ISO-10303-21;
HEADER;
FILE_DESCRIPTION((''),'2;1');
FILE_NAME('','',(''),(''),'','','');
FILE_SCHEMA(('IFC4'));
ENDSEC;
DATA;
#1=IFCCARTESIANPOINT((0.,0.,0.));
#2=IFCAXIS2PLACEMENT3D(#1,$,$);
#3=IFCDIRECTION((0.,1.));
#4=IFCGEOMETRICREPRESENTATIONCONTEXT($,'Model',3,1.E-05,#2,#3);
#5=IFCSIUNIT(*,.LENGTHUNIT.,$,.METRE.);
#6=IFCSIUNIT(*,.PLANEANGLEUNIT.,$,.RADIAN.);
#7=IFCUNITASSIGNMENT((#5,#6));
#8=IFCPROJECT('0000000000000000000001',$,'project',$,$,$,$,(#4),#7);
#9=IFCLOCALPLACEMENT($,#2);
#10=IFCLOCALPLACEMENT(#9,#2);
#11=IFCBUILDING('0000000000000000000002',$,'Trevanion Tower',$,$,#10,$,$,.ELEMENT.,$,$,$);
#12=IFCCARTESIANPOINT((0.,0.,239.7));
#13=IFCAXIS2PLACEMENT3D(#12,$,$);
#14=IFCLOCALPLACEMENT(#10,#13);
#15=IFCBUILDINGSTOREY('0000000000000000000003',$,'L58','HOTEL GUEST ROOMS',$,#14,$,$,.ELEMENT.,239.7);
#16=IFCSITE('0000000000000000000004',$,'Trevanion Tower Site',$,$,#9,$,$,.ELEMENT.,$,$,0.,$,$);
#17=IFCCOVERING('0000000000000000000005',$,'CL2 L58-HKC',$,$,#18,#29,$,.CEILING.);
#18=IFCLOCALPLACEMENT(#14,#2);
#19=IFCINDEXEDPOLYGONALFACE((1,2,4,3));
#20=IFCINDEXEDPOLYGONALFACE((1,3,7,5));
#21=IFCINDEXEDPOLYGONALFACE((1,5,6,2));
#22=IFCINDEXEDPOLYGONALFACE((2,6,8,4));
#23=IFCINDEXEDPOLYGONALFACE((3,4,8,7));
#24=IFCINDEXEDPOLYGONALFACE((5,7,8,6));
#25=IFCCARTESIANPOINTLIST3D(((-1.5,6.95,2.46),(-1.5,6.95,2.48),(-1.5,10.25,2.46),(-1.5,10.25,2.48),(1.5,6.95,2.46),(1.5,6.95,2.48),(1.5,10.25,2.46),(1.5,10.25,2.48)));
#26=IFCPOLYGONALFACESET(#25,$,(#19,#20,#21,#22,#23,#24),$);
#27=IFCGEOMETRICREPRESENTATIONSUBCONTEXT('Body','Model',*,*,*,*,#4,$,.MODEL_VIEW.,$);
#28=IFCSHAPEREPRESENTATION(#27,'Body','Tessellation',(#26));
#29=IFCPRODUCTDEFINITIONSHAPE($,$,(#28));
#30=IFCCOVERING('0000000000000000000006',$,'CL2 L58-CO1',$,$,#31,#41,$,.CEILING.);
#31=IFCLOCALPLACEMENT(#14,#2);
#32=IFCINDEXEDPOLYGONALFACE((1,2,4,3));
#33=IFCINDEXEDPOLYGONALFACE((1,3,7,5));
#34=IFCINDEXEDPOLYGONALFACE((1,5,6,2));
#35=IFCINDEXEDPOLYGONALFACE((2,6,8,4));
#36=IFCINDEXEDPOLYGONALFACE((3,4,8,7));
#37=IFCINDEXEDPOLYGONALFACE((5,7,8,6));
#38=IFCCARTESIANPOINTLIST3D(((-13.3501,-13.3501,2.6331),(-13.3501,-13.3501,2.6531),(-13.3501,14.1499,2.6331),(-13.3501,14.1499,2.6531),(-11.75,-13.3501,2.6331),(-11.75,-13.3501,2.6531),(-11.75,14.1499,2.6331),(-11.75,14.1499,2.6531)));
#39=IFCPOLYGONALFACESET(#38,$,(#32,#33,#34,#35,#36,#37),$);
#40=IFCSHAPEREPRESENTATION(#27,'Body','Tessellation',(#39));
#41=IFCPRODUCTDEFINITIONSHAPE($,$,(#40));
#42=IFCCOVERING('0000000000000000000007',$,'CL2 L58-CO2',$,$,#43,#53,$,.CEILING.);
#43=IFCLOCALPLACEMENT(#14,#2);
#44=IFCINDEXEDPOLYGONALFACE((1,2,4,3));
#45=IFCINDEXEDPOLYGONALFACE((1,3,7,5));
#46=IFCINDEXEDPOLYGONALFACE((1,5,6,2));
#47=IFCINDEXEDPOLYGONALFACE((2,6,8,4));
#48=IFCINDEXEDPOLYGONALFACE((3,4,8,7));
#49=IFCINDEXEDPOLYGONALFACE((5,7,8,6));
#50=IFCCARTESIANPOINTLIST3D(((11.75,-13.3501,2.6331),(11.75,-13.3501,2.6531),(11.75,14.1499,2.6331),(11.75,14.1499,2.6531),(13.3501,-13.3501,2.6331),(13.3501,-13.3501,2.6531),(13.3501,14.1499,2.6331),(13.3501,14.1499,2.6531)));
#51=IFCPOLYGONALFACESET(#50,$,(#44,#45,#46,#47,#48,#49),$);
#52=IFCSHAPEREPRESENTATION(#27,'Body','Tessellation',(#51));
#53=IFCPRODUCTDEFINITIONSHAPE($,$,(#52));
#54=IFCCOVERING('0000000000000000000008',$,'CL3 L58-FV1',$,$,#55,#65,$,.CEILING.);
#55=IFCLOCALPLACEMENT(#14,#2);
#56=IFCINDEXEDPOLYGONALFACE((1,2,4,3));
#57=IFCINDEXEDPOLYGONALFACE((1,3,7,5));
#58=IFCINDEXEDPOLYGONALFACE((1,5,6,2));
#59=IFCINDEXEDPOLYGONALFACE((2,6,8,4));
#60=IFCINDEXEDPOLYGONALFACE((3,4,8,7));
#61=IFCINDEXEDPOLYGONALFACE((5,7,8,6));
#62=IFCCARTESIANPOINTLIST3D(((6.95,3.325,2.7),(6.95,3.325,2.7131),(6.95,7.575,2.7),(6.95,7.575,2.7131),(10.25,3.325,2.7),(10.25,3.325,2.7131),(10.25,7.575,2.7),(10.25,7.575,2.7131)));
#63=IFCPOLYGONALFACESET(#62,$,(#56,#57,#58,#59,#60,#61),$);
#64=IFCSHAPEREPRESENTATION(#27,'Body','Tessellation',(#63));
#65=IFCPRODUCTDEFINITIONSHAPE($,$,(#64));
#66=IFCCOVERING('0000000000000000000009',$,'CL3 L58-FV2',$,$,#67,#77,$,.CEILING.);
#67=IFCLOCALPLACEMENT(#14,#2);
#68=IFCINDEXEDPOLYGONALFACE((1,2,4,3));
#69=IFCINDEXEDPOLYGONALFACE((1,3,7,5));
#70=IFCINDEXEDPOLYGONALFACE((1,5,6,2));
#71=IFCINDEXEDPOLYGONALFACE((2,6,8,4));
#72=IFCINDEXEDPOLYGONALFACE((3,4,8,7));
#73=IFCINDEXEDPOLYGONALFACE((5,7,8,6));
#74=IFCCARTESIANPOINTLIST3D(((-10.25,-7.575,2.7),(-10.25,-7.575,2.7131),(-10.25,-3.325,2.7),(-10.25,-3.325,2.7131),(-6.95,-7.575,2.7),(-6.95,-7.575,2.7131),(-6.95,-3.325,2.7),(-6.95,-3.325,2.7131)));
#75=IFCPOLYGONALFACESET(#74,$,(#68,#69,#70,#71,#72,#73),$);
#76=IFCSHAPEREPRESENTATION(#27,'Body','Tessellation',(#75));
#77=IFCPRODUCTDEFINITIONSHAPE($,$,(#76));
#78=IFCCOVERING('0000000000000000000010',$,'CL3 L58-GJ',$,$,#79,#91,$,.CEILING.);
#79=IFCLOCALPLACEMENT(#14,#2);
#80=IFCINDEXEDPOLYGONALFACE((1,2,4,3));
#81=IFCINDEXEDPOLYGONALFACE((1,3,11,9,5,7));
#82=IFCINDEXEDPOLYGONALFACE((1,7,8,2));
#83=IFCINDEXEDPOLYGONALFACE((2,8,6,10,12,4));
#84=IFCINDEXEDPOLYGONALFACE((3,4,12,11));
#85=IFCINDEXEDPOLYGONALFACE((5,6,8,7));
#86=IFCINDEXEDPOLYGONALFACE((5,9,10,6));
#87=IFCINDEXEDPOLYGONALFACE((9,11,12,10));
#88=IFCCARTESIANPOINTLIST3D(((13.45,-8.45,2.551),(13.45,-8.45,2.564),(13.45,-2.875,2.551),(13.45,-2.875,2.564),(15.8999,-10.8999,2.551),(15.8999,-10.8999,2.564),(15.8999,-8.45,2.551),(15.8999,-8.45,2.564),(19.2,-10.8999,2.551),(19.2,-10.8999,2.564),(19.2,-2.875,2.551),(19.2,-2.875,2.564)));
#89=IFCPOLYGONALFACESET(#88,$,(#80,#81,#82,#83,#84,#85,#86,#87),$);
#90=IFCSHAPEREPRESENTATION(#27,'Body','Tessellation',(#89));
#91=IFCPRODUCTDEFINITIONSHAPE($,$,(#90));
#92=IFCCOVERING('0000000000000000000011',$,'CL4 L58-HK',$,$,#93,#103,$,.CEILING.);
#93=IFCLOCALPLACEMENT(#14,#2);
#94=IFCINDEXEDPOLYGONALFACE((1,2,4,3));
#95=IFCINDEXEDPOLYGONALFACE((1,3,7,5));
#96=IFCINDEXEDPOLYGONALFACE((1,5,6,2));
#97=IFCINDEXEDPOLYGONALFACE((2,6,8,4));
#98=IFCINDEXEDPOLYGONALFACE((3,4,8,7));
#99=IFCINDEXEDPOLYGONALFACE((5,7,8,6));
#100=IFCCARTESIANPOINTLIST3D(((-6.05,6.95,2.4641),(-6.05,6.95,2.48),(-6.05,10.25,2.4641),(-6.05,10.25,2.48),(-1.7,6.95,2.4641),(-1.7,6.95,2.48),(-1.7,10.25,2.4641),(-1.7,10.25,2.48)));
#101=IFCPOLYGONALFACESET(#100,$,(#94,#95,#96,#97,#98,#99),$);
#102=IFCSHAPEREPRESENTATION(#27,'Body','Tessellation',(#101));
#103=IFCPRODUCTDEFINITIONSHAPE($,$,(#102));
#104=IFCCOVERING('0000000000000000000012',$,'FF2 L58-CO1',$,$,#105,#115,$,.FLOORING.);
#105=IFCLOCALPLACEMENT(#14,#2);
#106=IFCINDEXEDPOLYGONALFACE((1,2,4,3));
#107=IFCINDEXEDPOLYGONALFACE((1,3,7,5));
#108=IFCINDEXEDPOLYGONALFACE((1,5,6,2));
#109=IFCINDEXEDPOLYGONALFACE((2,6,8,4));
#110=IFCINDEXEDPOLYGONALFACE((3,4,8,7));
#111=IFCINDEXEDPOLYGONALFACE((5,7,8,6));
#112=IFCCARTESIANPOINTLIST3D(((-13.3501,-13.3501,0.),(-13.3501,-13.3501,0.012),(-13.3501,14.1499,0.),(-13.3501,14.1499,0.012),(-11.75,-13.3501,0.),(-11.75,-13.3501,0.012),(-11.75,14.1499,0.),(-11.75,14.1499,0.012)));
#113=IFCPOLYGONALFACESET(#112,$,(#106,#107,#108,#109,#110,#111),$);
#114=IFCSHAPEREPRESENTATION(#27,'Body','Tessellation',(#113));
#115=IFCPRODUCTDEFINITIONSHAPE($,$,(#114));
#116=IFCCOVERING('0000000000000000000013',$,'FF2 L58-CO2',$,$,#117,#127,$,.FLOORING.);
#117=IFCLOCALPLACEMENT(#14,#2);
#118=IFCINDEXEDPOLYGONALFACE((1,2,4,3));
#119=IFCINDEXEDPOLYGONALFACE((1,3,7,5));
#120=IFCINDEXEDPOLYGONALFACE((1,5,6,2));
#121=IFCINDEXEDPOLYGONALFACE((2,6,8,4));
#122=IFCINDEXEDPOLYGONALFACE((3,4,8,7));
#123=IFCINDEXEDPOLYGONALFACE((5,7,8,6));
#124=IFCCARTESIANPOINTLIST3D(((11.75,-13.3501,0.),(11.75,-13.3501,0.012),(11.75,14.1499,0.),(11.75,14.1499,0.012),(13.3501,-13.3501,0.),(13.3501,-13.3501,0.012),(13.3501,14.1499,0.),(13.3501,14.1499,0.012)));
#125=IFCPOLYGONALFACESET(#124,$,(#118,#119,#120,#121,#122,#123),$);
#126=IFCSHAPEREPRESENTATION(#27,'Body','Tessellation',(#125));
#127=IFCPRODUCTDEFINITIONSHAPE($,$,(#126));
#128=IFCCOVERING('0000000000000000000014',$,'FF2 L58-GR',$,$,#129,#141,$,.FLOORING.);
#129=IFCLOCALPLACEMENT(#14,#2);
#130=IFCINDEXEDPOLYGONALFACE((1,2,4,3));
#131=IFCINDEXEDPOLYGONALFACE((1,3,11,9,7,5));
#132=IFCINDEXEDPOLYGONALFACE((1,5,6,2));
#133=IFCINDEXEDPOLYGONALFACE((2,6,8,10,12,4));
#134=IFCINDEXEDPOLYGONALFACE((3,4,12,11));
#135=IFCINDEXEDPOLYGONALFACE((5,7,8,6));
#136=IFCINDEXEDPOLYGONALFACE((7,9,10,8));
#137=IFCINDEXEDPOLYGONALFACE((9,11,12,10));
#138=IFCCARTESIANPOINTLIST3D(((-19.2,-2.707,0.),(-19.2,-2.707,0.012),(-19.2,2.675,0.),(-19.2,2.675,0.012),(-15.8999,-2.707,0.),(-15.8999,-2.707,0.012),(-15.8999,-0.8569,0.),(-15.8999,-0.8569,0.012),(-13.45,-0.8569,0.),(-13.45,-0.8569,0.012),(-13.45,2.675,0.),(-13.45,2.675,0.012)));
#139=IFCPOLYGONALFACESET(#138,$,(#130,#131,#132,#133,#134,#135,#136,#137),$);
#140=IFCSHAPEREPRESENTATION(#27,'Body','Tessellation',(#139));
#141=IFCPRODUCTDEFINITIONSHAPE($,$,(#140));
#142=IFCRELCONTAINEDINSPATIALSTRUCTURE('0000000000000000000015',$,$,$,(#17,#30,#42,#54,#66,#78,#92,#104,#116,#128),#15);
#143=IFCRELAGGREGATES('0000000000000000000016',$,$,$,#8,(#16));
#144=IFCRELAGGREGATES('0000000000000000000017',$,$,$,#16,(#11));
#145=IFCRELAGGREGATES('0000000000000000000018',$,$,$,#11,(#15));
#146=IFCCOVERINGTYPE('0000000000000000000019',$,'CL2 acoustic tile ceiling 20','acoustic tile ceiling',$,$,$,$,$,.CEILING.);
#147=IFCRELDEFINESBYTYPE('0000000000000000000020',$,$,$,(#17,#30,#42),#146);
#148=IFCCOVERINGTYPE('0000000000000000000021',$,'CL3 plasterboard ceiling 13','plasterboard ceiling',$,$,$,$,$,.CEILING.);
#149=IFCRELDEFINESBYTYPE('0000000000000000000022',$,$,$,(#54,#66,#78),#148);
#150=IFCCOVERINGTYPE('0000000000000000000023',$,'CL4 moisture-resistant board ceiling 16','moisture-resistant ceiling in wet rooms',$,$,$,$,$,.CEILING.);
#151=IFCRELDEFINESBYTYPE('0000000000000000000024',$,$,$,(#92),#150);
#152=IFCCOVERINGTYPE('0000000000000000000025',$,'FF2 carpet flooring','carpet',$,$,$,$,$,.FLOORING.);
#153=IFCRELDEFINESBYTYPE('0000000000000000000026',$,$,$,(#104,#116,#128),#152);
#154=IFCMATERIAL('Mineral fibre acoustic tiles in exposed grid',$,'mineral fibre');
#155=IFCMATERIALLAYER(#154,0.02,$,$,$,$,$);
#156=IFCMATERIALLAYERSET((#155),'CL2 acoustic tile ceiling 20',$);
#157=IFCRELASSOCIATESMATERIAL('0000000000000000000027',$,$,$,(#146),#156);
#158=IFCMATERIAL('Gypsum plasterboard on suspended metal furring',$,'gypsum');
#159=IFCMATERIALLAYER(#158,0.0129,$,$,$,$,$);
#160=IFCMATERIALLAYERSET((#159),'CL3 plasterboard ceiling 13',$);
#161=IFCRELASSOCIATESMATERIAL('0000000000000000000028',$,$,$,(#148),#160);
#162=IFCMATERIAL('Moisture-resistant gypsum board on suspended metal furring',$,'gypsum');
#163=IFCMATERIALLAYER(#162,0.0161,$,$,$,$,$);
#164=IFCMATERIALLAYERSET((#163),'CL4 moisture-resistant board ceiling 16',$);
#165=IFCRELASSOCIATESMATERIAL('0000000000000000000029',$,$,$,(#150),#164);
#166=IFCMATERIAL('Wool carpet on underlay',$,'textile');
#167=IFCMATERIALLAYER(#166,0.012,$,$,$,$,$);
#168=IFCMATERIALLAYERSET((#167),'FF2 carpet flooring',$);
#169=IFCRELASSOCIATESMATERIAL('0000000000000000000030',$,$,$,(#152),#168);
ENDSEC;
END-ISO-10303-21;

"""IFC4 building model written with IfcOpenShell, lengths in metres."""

from ifc_helpers import new_model, si_unit, direction, frame, origin, place, context, subcontext, project, spatial, polyline, outline, extrude, material, layer, layer_set, type_object, element, save


model = new_model("IFC4")

# Units and contexts
model_context = context("Model", 3, precision=1e-05, world=origin(), true_north=direction((0.0, 1.0)))
body_context = subcontext(model_context, "Body", "Model", "MODEL_VIEW")
ifc_project = project(units=[si_unit("LENGTHUNIT", "METRE"), si_unit("PLANEANGLEUNIT", "RADIAN")], contexts=[model_context])

# Site, building, storey
site_placement = place(None, origin())
site = spatial("IfcSite", under=ifc_project, at=site_placement, Name="Trevanion Tower Site", CompositionType="ELEMENT", RefElevation=0.0)
building_placement = place(site_placement, origin())
building = spatial("IfcBuilding", under=site, at=building_placement, Name="Trevanion Tower", CompositionType="ELEMENT")
storey_placement = place(building_placement, frame((0.0, 0.0, 239.7)))
storey = spatial("IfcBuildingStorey", under=building, at=storey_placement, Name="L58", Description="HOTEL GUEST ROOMS", CompositionType="ELEMENT", Elevation=239.7)

# Coverings
ifc_material_1 = material(Name="Mineral fibre acoustic tiles in exposed grid", Category="mineral fibre")
ifc_layer_1 = layer(ifc_material_1, 0.02)
ifc_layer_set_1 = layer_set([ifc_layer_1], Name="CL2 acoustic tile ceiling 20")
covering_type_1 = type_object("IfcCoveringType", Name="CL2 acoustic tile ceiling 20", Description="acoustic tile ceiling", PredefinedType="CEILING", material=ifc_layer_set_1)
covering_1_placement = place(storey_placement, frame((0.0, 0.0, 2.46)))
element("IfcCovering", 1, at=covering_1_placement, inside=storey, type_object=covering_type_1, Name="CL2 L58-HKC", PredefinedType="CEILING", context=body_context, shape_type="SweptSolid", body=[
    extrude(outline(polyline([(1.5, 6.95), (1.5, 10.25), (-1.5, 10.25), (-1.5, 6.95), (1.5, 6.95)])), origin(), (0.0, 0.0, 1.0), 0.02),
])
covering_2_placement = place(storey_placement, frame((0.0, 0.0, 2.6331)))
element("IfcCovering", 2, at=covering_2_placement, inside=storey, type_object=covering_type_1, Name="CL2 L58-CO1", PredefinedType="CEILING", context=body_context, shape_type="SweptSolid", body=[
    extrude(outline(polyline([(-11.75, 14.1499), (-11.75, -13.3501), (-13.3501, -13.3501), (-13.3501, 14.1499), (-11.75, 14.1499)])), origin(), (0.0, 0.0, 1.0), 0.02),
])
covering_3_placement = place(storey_placement, frame((0.0, 0.0, 2.6331)))
element("IfcCovering", 3, at=covering_3_placement, inside=storey, type_object=covering_type_1, Name="CL2 L58-CO2", PredefinedType="CEILING", context=body_context, shape_type="SweptSolid", body=[
    extrude(outline(polyline([(11.75, -13.3501), (11.75, 14.1499), (13.3501, 14.1499), (13.3501, -13.3501), (11.75, -13.3501)])), origin(), (0.0, 0.0, 1.0), 0.02),
])
ifc_material_2 = material(Name="Gypsum plasterboard on suspended metal furring", Category="gypsum")
ifc_layer_2 = layer(ifc_material_2, 0.0129)
ifc_layer_set_2 = layer_set([ifc_layer_2], Name="CL3 plasterboard ceiling 13")
covering_type_2 = type_object("IfcCoveringType", Name="CL3 plasterboard ceiling 13", Description="plasterboard ceiling", PredefinedType="CEILING", material=ifc_layer_set_2)
covering_4_placement = place(storey_placement, frame((0.0, 0.0, 2.7)))
element("IfcCovering", 4, at=covering_4_placement, inside=storey, type_object=covering_type_2, Name="CL3 L58-FV1", PredefinedType="CEILING", context=body_context, shape_type="SweptSolid", body=[
    extrude(outline(polyline([(10.25, 3.325), (10.25, 7.575), (6.95, 7.575), (6.95, 3.325), (10.25, 3.325)])), origin(), (0.0, 0.0, 1.0), 0.0132),
])
covering_5_placement = place(storey_placement, frame((0.0, 0.0, 2.7)))
element("IfcCovering", 5, at=covering_5_placement, inside=storey, type_object=covering_type_2, Name="CL3 L58-FV2", PredefinedType="CEILING", context=body_context, shape_type="SweptSolid", body=[
    extrude(outline(polyline([(-10.25, -3.325), (-10.25, -7.575), (-6.95, -7.575), (-6.95, -3.325), (-10.25, -3.325)])), origin(), (0.0, 0.0, 1.0), 0.0132),
])
covering_6_placement = place(storey_placement, frame((0.0, 0.0, 2.551)))
element("IfcCovering", 6, at=covering_6_placement, inside=storey, type_object=covering_type_2, Name="CL3 L58-GJ", PredefinedType="CEILING", context=body_context, shape_type="SweptSolid", body=[
    extrude(outline(polyline([(13.45, -2.875), (19.2, -2.875), (19.2, -10.8999), (15.8999, -10.8999), (15.8999, -8.45), (13.45, -8.45), (13.45, -2.875)])), origin(), (0.0, 0.0, 1.0), 0.0129),
])
ifc_material_3 = material(Name="Moisture-resistant gypsum board on suspended metal furring", Category="gypsum")
ifc_layer_3 = layer(ifc_material_3, 0.0161)
ifc_layer_set_3 = layer_set([ifc_layer_3], Name="CL4 moisture-resistant board ceiling 16")
covering_type_3 = type_object("IfcCoveringType", Name="CL4 moisture-resistant board ceiling 16", Description="moisture-resistant ceiling in wet rooms", PredefinedType="CEILING", material=ifc_layer_set_3)
covering_7_placement = place(storey_placement, frame((0.0, 0.0, 2.4641)))
element("IfcCovering", 7, at=covering_7_placement, inside=storey, type_object=covering_type_3, Name="CL4 L58-HK", PredefinedType="CEILING", context=body_context, shape_type="SweptSolid", body=[
    extrude(outline(polyline([(-1.7, 6.95), (-1.7, 10.25), (-6.05, 10.25), (-6.05, 6.95), (-1.7, 6.95)])), origin(), (0.0, 0.0, 1.0), 0.0159),
])
ifc_material_4 = material(Name="Wool carpet on underlay", Category="textile")
ifc_layer_4 = layer(ifc_material_4, 0.012)
ifc_layer_set_4 = layer_set([ifc_layer_4], Name="FF2 carpet flooring")
covering_type_4 = type_object("IfcCoveringType", Name="FF2 carpet flooring", Description="carpet", PredefinedType="FLOORING", material=ifc_layer_set_4)
covering_8_placement = place(storey_placement, origin())
element("IfcCovering", 8, at=covering_8_placement, inside=storey, type_object=covering_type_4, Name="FF2 L58-CO1", PredefinedType="FLOORING", context=body_context, shape_type="SweptSolid", body=[
    extrude(outline(polyline([(-11.75, 14.1499), (-11.75, -13.3501), (-13.3501, -13.3501), (-13.3501, 14.1499), (-11.75, 14.1499)])), origin(), (0.0, 0.0, 1.0), 0.012),
])
covering_9_placement = place(storey_placement, origin())
element("IfcCovering", 9, at=covering_9_placement, inside=storey, type_object=covering_type_4, Name="FF2 L58-CO2", PredefinedType="FLOORING", context=body_context, shape_type="SweptSolid", body=[
    extrude(outline(polyline([(11.75, -13.3501), (11.75, 14.1499), (13.3501, 14.1499), (13.3501, -13.3501), (11.75, -13.3501)])), origin(), (0.0, 0.0, 1.0), 0.012),
])
covering_10_placement = place(storey_placement, origin())
element("IfcCovering", 10, at=covering_10_placement, inside=storey, type_object=covering_type_4, Name="FF2 L58-GR", PredefinedType="FLOORING", context=body_context, shape_type="SweptSolid", body=[
    extrude(outline(polyline([(-13.45, -0.8569), (-15.8999, -0.8569), (-15.8999, -2.707), (-19.2, -2.707), (-19.2, 2.675), (-13.45, 2.675), (-13.45, -0.8569)])), origin(), (0.0, 0.0, 1.0), 0.012),
])

save(model, "model.ifc")
